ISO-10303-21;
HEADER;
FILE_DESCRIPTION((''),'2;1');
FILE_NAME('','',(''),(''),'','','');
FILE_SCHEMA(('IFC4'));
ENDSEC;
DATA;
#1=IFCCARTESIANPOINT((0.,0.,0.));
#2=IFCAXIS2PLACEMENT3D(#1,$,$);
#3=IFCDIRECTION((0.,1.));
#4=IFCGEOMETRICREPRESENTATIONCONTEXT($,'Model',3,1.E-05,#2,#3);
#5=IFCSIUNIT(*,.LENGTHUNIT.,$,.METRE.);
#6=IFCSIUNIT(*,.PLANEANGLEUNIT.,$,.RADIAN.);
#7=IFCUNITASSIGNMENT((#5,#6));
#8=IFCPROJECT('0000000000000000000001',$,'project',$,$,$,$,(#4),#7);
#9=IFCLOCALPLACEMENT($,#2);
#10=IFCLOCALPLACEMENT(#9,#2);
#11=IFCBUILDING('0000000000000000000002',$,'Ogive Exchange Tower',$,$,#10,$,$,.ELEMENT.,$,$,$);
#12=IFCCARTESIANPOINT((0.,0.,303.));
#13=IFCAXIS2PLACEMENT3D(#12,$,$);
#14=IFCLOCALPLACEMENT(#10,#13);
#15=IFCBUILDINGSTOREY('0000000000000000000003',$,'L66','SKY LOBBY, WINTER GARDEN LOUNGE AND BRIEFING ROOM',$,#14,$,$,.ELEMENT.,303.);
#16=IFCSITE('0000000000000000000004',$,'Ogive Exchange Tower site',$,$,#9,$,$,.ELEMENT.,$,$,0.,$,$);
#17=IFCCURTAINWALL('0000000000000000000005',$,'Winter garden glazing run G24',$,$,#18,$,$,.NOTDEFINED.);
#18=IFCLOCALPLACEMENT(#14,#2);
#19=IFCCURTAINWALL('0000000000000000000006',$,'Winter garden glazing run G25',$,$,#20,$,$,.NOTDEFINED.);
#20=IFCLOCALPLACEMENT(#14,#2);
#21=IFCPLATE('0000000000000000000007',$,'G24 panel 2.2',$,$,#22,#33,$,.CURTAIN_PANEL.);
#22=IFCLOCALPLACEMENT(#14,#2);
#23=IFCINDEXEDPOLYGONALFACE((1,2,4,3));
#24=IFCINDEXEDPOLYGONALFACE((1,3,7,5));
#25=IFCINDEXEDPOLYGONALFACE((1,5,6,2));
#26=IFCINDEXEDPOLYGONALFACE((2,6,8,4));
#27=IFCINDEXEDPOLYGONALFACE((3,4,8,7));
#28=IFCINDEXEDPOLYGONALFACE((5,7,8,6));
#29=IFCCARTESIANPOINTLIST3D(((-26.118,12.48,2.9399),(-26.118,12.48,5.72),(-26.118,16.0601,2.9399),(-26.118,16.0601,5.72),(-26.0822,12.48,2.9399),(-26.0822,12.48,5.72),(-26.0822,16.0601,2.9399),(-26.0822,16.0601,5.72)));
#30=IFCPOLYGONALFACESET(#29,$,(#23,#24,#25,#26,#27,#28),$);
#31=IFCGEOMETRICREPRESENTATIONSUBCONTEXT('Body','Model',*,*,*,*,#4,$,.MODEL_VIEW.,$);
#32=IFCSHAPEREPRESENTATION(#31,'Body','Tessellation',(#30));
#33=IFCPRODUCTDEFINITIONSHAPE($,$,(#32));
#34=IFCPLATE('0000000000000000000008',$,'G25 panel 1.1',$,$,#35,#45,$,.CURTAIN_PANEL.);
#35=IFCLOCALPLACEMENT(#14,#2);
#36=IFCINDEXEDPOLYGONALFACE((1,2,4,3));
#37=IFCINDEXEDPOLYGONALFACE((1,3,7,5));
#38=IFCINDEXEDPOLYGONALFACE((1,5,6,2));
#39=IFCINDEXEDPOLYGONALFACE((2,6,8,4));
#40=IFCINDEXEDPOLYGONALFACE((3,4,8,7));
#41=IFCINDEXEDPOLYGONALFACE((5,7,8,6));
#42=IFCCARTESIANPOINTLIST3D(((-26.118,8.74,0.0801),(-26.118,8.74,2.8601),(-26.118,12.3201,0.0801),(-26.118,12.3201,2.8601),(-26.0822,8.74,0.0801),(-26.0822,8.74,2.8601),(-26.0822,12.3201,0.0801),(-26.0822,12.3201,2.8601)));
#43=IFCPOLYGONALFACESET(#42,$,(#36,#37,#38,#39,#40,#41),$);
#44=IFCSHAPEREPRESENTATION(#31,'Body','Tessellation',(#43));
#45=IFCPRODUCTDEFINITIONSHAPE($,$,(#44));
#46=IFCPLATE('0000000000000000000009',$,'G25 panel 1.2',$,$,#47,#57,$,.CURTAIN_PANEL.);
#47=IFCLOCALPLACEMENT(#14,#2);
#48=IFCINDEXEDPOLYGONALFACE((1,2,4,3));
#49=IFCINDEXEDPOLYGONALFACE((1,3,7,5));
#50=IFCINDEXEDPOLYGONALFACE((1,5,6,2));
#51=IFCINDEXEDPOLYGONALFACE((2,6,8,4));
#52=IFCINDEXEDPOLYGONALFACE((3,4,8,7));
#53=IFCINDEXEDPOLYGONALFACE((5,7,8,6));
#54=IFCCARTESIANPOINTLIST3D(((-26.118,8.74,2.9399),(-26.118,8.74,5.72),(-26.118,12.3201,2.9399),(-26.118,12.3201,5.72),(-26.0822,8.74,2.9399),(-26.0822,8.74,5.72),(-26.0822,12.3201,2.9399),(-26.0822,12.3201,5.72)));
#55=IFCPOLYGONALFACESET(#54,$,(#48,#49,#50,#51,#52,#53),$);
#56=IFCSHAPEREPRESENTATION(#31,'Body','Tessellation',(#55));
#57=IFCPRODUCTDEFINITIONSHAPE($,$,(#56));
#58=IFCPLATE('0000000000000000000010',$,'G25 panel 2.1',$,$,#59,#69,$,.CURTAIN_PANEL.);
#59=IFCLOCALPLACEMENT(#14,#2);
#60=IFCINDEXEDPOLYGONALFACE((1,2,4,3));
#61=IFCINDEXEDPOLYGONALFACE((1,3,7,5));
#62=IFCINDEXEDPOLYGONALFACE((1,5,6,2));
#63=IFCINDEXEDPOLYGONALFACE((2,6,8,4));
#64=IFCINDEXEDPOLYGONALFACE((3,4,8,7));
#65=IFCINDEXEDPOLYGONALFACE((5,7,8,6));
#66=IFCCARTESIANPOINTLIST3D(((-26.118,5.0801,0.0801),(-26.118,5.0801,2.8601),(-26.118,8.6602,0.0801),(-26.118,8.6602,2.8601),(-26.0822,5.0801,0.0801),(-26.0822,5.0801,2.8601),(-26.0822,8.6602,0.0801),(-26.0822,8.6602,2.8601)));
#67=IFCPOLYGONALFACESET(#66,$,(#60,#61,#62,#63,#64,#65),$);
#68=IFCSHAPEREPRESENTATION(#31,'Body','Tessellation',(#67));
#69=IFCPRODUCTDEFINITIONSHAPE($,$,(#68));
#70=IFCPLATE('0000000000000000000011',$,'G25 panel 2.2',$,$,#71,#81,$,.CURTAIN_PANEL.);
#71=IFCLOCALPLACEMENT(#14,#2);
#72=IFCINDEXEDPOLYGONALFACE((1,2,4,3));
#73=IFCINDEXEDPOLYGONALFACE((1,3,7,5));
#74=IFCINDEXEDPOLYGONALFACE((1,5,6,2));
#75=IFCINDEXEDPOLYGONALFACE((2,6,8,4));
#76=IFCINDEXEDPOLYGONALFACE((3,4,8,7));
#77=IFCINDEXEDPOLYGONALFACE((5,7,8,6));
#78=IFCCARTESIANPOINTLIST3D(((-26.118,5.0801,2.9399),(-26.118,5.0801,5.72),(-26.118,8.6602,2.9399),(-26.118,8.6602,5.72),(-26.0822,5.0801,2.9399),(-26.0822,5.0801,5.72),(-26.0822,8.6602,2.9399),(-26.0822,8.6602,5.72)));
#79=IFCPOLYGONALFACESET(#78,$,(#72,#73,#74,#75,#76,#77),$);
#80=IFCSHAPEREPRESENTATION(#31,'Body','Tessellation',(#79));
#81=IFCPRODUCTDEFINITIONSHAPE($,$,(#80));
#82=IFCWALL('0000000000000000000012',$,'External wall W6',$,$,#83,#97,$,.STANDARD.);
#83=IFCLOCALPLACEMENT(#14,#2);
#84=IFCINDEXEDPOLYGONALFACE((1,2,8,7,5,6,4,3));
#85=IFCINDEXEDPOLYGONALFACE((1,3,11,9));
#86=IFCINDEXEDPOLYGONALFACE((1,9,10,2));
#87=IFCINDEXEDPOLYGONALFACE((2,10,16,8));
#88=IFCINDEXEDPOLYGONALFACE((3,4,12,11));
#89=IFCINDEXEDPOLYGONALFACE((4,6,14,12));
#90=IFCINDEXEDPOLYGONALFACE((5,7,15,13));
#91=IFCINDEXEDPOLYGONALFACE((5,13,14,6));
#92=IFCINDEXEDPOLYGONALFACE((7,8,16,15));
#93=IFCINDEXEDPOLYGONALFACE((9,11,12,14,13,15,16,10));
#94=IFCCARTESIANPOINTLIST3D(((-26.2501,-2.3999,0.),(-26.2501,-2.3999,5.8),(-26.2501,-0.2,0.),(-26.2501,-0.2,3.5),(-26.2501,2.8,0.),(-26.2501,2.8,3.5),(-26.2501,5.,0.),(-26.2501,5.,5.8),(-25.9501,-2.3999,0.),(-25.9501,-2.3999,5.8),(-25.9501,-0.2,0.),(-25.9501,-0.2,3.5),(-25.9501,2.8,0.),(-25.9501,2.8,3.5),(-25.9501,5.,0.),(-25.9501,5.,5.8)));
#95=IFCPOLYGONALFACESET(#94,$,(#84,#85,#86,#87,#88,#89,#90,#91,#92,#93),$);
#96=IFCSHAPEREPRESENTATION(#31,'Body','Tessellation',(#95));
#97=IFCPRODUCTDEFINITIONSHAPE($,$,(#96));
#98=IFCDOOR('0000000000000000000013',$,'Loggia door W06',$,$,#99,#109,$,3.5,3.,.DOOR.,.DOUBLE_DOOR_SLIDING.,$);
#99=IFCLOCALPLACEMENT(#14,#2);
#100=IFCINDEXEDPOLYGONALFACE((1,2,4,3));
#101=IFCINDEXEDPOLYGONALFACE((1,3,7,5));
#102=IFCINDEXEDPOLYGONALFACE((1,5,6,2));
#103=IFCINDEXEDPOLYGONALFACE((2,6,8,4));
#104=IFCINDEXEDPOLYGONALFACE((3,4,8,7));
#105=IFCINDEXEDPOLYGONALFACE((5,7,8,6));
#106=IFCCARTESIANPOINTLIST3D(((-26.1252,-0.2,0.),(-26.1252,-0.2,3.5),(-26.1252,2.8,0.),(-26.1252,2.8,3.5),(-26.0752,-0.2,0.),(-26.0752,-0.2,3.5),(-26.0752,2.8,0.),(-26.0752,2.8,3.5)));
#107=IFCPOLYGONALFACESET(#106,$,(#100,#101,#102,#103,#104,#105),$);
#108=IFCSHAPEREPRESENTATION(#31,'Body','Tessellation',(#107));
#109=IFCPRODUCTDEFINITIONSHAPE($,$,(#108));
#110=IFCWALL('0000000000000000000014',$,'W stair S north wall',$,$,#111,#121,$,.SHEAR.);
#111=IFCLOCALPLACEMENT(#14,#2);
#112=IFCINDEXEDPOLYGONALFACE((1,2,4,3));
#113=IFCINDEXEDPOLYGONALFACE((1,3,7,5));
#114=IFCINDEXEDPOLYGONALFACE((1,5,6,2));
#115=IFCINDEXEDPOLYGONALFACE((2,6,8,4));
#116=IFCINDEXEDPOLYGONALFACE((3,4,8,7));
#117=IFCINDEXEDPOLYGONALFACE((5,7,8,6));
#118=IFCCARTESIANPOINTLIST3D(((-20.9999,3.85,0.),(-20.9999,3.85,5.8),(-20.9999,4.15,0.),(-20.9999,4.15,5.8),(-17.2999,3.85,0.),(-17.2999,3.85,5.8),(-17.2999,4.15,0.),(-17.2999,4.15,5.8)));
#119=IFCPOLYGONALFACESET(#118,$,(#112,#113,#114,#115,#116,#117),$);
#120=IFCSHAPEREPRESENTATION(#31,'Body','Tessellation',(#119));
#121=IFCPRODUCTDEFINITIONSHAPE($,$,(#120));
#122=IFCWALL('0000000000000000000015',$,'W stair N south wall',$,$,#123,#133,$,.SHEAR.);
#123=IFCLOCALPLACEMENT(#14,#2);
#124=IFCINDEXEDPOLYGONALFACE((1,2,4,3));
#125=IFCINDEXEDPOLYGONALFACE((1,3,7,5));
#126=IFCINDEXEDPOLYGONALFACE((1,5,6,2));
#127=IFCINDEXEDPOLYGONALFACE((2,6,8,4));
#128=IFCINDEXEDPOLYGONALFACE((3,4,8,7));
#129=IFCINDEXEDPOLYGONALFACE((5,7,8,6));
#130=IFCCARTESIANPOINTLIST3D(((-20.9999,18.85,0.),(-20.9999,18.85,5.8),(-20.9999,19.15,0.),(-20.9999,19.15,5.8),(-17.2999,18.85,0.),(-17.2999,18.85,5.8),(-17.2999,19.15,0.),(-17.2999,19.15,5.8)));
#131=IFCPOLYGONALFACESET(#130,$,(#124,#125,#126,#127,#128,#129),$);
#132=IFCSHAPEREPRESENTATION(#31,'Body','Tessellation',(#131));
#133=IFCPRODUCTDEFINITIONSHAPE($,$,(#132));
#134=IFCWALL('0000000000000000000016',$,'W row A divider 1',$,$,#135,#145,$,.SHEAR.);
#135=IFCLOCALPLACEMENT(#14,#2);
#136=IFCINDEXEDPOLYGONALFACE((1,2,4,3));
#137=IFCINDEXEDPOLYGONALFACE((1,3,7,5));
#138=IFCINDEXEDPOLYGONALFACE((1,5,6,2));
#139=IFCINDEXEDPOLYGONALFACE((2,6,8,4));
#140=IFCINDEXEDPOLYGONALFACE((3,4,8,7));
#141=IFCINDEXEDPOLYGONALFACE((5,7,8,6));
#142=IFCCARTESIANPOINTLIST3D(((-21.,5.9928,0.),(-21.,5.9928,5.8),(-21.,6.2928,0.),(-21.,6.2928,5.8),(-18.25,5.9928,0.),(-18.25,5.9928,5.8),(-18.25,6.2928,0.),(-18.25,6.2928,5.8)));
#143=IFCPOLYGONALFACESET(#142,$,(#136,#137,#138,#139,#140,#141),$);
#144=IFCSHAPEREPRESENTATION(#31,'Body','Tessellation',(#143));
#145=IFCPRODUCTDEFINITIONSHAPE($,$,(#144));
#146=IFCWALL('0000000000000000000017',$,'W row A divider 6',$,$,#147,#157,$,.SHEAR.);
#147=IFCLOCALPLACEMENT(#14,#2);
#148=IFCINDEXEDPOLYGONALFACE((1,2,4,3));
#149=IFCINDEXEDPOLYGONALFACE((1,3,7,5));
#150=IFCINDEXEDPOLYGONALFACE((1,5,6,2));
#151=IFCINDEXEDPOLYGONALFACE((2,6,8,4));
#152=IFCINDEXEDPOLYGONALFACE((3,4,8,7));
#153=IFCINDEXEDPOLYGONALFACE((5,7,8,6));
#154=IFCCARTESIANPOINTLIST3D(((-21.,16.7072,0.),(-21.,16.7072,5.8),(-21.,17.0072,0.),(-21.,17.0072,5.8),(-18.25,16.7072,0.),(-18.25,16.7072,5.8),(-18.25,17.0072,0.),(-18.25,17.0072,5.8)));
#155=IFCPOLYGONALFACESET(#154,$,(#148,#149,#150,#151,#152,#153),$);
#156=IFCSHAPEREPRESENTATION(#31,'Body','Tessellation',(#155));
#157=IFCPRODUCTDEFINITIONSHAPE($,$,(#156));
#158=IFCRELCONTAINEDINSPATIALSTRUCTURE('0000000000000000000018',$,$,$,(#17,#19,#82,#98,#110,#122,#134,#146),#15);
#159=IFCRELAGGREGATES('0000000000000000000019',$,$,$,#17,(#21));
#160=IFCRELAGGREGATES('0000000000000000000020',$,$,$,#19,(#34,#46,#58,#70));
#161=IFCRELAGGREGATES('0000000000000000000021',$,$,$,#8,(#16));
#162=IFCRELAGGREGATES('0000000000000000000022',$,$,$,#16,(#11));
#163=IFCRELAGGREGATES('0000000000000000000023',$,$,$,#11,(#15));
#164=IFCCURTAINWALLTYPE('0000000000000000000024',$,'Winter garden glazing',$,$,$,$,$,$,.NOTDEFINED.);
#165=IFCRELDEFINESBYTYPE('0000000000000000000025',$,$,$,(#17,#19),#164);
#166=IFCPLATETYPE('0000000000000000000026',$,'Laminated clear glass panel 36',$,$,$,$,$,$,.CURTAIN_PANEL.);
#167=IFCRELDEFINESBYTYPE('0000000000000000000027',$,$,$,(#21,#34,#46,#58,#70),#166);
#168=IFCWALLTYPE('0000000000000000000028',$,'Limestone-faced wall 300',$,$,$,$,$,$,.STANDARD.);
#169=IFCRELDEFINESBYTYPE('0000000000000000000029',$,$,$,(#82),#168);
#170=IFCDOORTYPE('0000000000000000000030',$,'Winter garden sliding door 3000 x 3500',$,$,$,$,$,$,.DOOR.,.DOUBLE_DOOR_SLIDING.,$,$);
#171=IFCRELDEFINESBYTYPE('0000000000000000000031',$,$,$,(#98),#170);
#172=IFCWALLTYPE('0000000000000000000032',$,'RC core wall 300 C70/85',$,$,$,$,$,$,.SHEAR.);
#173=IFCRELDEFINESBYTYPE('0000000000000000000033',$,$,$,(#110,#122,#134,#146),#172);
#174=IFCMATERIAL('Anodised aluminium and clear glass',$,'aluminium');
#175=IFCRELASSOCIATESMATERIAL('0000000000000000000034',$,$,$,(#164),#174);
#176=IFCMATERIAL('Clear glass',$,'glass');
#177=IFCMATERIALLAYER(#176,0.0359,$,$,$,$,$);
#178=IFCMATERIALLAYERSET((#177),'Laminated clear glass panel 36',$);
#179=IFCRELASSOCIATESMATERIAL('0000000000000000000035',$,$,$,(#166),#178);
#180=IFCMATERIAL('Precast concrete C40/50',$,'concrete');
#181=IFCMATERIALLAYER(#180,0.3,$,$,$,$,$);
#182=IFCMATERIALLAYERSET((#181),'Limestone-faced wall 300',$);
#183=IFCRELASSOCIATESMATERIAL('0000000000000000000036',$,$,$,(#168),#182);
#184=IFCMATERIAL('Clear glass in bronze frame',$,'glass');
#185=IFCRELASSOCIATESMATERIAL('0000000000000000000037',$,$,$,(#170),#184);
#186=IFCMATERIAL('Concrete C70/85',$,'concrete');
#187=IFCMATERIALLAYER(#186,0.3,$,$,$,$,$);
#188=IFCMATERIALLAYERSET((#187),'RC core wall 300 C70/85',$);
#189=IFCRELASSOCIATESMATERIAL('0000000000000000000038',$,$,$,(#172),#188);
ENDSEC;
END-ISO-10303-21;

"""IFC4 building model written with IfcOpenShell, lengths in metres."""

from ifc_helpers import new_model, si_unit, direction, frame, frame_2d, origin, origin_2d, place, context, subcontext, project, spatial, rectangle, extrude, material, layer, layer_set, type_object, element, fill, aggregate, save


model = new_model("IFC4")

# Units and contexts
model_context = context("Model", 3, precision=1e-05, world=origin(), true_north=direction((0.0, 1.0)))
body_context = subcontext(model_context, "Body", "Model", "MODEL_VIEW")
ifc_project = project(units=[si_unit("LENGTHUNIT", "METRE"), si_unit("PLANEANGLEUNIT", "RADIAN")], contexts=[model_context])

# Site, building, storey
site_placement = place(None, origin())
site = spatial("IfcSite", under=ifc_project, at=site_placement, Name="Ogive Exchange Tower site", CompositionType="ELEMENT", RefElevation=0.0)
building_placement = place(site_placement, origin())
building = spatial("IfcBuilding", under=site, at=building_placement, Name="Ogive Exchange Tower", CompositionType="ELEMENT")
storey_placement = place(building_placement, frame((0.0, 0.0, 303.0)))
storey = spatial("IfcBuildingStorey", under=building, at=storey_placement, Name="L66", Description="SKY LOBBY, WINTER GARDEN LOUNGE AND BRIEFING ROOM", CompositionType="ELEMENT", Elevation=303.0)

# Curtain walls
ifc_material_1 = material(Name="Anodised aluminium and clear glass", Category="aluminium")
curtain_wall_type = type_object("IfcCurtainWallType", Name="Winter garden glazing", PredefinedType="NOTDEFINED", material=ifc_material_1)
curtain_wall_1_placement = place(storey_placement, origin())
curtain_wall_1 = element("IfcCurtainWall", 1, at=curtain_wall_1_placement, inside=storey, type_object=curtain_wall_type, Name="Winter garden glazing run G24", PredefinedType="NOTDEFINED")
curtain_wall_2_placement = place(storey_placement, origin())
curtain_wall_2 = element("IfcCurtainWall", 2, at=curtain_wall_2_placement, inside=storey, type_object=curtain_wall_type, Name="Winter garden glazing run G25", PredefinedType="NOTDEFINED")

# Plates
ifc_material_2 = material(Name="Clear glass", Category="glass")
ifc_layer_1 = layer(ifc_material_2, 0.0359)
ifc_layer_set_1 = layer_set([ifc_layer_1], Name="Laminated clear glass panel 36")
plate_type = type_object("IfcPlateType", Name="Laminated clear glass panel 36", PredefinedType="CURTAIN_PANEL", material=ifc_layer_set_1)
plate_1_placement = place(storey_placement, frame((-26.1001, 14.27, 2.9399), z_axis=(0.0, 0.0, 1.0), x_axis=(0.0, -1.0, 0.0)))
plate_1 = element("IfcPlate", 3, at=plate_1_placement, type_object=plate_type, Name="G24 panel 2.2", PredefinedType="CURTAIN_PANEL", context=body_context, shape_type="SweptSolid", body=[
    extrude(rectangle(XDim=3.5801, YDim=0.0359, at=origin_2d()), origin(), (0.0, 0.0, 1.0), 2.78),
])
aggregate(curtain_wall_1, [plate_1])
plate_2_placement = place(storey_placement, frame((-26.1001, 10.53, 0.0801), z_axis=(0.0, 0.0, 1.0), x_axis=(0.0, -1.0, 0.0)))
plate_2 = element("IfcPlate", 4, at=plate_2_placement, type_object=plate_type, Name="G25 panel 1.1", PredefinedType="CURTAIN_PANEL", context=body_context, shape_type="SweptSolid", body=[
    extrude(rectangle(XDim=3.5801, YDim=0.0359, at=origin_2d()), origin(), (0.0, 0.0, 1.0), 2.78),
])
plate_3_placement = place(storey_placement, frame((-26.1001, 10.53, 2.9399), z_axis=(0.0, 0.0, 1.0), x_axis=(0.0, -1.0, 0.0)))
plate_3 = element("IfcPlate", 5, at=plate_3_placement, type_object=plate_type, Name="G25 panel 1.2", PredefinedType="CURTAIN_PANEL", context=body_context, shape_type="SweptSolid", body=[
    extrude(rectangle(XDim=3.5801, YDim=0.0359, at=origin_2d()), origin(), (0.0, 0.0, 1.0), 2.78),
])
plate_4_placement = place(storey_placement, frame((-26.1001, 6.8701, 0.0801), z_axis=(0.0, 0.0, 1.0), x_axis=(0.0, -1.0, 0.0)))
plate_4 = element("IfcPlate", 6, at=plate_4_placement, type_object=plate_type, Name="G25 panel 2.1", PredefinedType="CURTAIN_PANEL", context=body_context, shape_type="SweptSolid", body=[
    extrude(rectangle(XDim=3.5801, YDim=0.0359, at=origin_2d()), origin(), (0.0, 0.0, 1.0), 2.78),
])
plate_5_placement = place(storey_placement, frame((-26.1001, 6.8701, 2.9399), z_axis=(0.0, 0.0, 1.0), x_axis=(0.0, -1.0, 0.0)))
plate_5 = element("IfcPlate", 7, at=plate_5_placement, type_object=plate_type, Name="G25 panel 2.2", PredefinedType="CURTAIN_PANEL", context=body_context, shape_type="SweptSolid", body=[
    extrude(rectangle(XDim=3.5801, YDim=0.0359, at=origin_2d()), origin(), (0.0, 0.0, 1.0), 2.78),
])
aggregate(curtain_wall_2, [plate_2, plate_3, plate_4, plate_5])

# Wall, opening, door
ifc_material_3 = material(Name="Precast concrete C40/50", Category="concrete")
ifc_layer_2 = layer(ifc_material_3, 0.3)
ifc_layer_set_2 = layer_set([ifc_layer_2], Name="Limestone-faced wall 300")
wall_type_1 = type_object("IfcWallType", Name="Limestone-faced wall 300", PredefinedType="STANDARD", material=ifc_layer_set_2)
wall_placement = place(storey_placement, frame((-26.1001, 5.0, 0.0), z_axis=(0.0, 0.0, 1.0), x_axis=(0.0, -1.0, 0.0)))
wall = element("IfcWall", 8, at=wall_placement, inside=storey, type_object=wall_type_1, Name="External wall W6", PredefinedType="STANDARD", context=body_context, shape_type="SweptSolid", body=[
    extrude(rectangle(XDim=7.3999, YDim=0.3, at=frame_2d((3.7, 0.0))), origin(), (0.0, 0.0, 1.0), 5.8),
])
opening_placement = place(wall_placement, frame((2.2, 0.0, 0.0)))
opening = element("IfcOpeningElement", 9, at=opening_placement, cuts=wall, PredefinedType="OPENING", context=body_context, shape_type="SweptSolid", body=[
    extrude(rectangle(XDim=3.0, YDim=3.5, at=frame_2d((1.5, 1.75))), frame((0.0, 0.1599, 0.0), z_axis=(0.0, -1.0, 0.0), x_axis=(1.0, 0.0, 0.0)), (0.0, 0.0, 1.0), 0.3201),
])
ifc_material_4 = material(Name="Clear glass in bronze frame", Category="glass")
door_type = type_object("IfcDoorType", Name="Winter garden sliding door 3000 x 3500", OperationType="DOUBLE_DOOR_SLIDING", PredefinedType="DOOR", material=ifc_material_4)
door_placement = place(opening_placement, origin())
door = element("IfcDoor", 10, at=door_placement, inside=storey, type_object=door_type, Name="Loggia door W06", OperationType="DOUBLE_DOOR_SLIDING", OverallHeight=3.5, OverallWidth=3.0, PredefinedType="DOOR", context=body_context, shape_type="SweptSolid", body=[
    extrude(rectangle(XDim=3.0, YDim=3.5, at=frame_2d((1.5, 1.75))), frame((0.0, 0.0249, 0.0), z_axis=(0.0, -1.0, 0.0), x_axis=(1.0, 0.0, 0.0)), (0.0, 0.0, 1.0), 0.05),
])
fill(opening, door)

# Walls
ifc_material_5 = material(Name="Concrete C70/85", Category="concrete")
ifc_layer_3 = layer(ifc_material_5, 0.3)
ifc_layer_set_3 = layer_set([ifc_layer_3], Name="RC core wall 300 C70/85")
wall_type_2 = type_object("IfcWallType", Name="RC core wall 300 C70/85", PredefinedType="SHEAR", material=ifc_layer_set_3)
for number, where, z_axis, x_axis, name in (
    (11, (-21.0, 4.0, 0.0), (0.0, 0.0, 1.0), (1.0, 0.0, 0.0), "W stair S north wall"),
    (12, (-21.0, 19.0, 0.0), (0.0, 0.0, 1.0), (1.0, 0.0, 0.0), "W stair N south wall"),
):
    element("IfcWall", number, at=place(storey_placement, frame(where, z_axis=z_axis, x_axis=x_axis)), inside=storey, type_object=wall_type_2, Name=name, PredefinedType="SHEAR", context=body_context, shape_type="SweptSolid", body=[
        extrude(rectangle(XDim=3.7, YDim=0.3, at=frame_2d((1.8501, 0.0))), origin(), (0.0, 0.0, 1.0), 5.8),
    ])
for number, where, z_axis, x_axis, name in (
    (13, (-21.0, 6.1428, 0.0), (0.0, 0.0, 1.0), (1.0, 0.0, 0.0), "W row A divider 1"),
    (14, (-21.0, 16.8572, 0.0), (0.0, 0.0, 1.0), (1.0, 0.0, 0.0), "W row A divider 6"),
):
    element("IfcWall", number, at=place(storey_placement, frame(where, z_axis=z_axis, x_axis=x_axis)), inside=storey, type_object=wall_type_2, Name=name, PredefinedType="SHEAR", context=body_context, shape_type="SweptSolid", body=[
        extrude(rectangle(XDim=2.75, YDim=0.3, at=frame_2d((1.375, 0.0))), origin(), (0.0, 0.0, 1.0), 5.8),
    ])

save(model, "model.ifc")
